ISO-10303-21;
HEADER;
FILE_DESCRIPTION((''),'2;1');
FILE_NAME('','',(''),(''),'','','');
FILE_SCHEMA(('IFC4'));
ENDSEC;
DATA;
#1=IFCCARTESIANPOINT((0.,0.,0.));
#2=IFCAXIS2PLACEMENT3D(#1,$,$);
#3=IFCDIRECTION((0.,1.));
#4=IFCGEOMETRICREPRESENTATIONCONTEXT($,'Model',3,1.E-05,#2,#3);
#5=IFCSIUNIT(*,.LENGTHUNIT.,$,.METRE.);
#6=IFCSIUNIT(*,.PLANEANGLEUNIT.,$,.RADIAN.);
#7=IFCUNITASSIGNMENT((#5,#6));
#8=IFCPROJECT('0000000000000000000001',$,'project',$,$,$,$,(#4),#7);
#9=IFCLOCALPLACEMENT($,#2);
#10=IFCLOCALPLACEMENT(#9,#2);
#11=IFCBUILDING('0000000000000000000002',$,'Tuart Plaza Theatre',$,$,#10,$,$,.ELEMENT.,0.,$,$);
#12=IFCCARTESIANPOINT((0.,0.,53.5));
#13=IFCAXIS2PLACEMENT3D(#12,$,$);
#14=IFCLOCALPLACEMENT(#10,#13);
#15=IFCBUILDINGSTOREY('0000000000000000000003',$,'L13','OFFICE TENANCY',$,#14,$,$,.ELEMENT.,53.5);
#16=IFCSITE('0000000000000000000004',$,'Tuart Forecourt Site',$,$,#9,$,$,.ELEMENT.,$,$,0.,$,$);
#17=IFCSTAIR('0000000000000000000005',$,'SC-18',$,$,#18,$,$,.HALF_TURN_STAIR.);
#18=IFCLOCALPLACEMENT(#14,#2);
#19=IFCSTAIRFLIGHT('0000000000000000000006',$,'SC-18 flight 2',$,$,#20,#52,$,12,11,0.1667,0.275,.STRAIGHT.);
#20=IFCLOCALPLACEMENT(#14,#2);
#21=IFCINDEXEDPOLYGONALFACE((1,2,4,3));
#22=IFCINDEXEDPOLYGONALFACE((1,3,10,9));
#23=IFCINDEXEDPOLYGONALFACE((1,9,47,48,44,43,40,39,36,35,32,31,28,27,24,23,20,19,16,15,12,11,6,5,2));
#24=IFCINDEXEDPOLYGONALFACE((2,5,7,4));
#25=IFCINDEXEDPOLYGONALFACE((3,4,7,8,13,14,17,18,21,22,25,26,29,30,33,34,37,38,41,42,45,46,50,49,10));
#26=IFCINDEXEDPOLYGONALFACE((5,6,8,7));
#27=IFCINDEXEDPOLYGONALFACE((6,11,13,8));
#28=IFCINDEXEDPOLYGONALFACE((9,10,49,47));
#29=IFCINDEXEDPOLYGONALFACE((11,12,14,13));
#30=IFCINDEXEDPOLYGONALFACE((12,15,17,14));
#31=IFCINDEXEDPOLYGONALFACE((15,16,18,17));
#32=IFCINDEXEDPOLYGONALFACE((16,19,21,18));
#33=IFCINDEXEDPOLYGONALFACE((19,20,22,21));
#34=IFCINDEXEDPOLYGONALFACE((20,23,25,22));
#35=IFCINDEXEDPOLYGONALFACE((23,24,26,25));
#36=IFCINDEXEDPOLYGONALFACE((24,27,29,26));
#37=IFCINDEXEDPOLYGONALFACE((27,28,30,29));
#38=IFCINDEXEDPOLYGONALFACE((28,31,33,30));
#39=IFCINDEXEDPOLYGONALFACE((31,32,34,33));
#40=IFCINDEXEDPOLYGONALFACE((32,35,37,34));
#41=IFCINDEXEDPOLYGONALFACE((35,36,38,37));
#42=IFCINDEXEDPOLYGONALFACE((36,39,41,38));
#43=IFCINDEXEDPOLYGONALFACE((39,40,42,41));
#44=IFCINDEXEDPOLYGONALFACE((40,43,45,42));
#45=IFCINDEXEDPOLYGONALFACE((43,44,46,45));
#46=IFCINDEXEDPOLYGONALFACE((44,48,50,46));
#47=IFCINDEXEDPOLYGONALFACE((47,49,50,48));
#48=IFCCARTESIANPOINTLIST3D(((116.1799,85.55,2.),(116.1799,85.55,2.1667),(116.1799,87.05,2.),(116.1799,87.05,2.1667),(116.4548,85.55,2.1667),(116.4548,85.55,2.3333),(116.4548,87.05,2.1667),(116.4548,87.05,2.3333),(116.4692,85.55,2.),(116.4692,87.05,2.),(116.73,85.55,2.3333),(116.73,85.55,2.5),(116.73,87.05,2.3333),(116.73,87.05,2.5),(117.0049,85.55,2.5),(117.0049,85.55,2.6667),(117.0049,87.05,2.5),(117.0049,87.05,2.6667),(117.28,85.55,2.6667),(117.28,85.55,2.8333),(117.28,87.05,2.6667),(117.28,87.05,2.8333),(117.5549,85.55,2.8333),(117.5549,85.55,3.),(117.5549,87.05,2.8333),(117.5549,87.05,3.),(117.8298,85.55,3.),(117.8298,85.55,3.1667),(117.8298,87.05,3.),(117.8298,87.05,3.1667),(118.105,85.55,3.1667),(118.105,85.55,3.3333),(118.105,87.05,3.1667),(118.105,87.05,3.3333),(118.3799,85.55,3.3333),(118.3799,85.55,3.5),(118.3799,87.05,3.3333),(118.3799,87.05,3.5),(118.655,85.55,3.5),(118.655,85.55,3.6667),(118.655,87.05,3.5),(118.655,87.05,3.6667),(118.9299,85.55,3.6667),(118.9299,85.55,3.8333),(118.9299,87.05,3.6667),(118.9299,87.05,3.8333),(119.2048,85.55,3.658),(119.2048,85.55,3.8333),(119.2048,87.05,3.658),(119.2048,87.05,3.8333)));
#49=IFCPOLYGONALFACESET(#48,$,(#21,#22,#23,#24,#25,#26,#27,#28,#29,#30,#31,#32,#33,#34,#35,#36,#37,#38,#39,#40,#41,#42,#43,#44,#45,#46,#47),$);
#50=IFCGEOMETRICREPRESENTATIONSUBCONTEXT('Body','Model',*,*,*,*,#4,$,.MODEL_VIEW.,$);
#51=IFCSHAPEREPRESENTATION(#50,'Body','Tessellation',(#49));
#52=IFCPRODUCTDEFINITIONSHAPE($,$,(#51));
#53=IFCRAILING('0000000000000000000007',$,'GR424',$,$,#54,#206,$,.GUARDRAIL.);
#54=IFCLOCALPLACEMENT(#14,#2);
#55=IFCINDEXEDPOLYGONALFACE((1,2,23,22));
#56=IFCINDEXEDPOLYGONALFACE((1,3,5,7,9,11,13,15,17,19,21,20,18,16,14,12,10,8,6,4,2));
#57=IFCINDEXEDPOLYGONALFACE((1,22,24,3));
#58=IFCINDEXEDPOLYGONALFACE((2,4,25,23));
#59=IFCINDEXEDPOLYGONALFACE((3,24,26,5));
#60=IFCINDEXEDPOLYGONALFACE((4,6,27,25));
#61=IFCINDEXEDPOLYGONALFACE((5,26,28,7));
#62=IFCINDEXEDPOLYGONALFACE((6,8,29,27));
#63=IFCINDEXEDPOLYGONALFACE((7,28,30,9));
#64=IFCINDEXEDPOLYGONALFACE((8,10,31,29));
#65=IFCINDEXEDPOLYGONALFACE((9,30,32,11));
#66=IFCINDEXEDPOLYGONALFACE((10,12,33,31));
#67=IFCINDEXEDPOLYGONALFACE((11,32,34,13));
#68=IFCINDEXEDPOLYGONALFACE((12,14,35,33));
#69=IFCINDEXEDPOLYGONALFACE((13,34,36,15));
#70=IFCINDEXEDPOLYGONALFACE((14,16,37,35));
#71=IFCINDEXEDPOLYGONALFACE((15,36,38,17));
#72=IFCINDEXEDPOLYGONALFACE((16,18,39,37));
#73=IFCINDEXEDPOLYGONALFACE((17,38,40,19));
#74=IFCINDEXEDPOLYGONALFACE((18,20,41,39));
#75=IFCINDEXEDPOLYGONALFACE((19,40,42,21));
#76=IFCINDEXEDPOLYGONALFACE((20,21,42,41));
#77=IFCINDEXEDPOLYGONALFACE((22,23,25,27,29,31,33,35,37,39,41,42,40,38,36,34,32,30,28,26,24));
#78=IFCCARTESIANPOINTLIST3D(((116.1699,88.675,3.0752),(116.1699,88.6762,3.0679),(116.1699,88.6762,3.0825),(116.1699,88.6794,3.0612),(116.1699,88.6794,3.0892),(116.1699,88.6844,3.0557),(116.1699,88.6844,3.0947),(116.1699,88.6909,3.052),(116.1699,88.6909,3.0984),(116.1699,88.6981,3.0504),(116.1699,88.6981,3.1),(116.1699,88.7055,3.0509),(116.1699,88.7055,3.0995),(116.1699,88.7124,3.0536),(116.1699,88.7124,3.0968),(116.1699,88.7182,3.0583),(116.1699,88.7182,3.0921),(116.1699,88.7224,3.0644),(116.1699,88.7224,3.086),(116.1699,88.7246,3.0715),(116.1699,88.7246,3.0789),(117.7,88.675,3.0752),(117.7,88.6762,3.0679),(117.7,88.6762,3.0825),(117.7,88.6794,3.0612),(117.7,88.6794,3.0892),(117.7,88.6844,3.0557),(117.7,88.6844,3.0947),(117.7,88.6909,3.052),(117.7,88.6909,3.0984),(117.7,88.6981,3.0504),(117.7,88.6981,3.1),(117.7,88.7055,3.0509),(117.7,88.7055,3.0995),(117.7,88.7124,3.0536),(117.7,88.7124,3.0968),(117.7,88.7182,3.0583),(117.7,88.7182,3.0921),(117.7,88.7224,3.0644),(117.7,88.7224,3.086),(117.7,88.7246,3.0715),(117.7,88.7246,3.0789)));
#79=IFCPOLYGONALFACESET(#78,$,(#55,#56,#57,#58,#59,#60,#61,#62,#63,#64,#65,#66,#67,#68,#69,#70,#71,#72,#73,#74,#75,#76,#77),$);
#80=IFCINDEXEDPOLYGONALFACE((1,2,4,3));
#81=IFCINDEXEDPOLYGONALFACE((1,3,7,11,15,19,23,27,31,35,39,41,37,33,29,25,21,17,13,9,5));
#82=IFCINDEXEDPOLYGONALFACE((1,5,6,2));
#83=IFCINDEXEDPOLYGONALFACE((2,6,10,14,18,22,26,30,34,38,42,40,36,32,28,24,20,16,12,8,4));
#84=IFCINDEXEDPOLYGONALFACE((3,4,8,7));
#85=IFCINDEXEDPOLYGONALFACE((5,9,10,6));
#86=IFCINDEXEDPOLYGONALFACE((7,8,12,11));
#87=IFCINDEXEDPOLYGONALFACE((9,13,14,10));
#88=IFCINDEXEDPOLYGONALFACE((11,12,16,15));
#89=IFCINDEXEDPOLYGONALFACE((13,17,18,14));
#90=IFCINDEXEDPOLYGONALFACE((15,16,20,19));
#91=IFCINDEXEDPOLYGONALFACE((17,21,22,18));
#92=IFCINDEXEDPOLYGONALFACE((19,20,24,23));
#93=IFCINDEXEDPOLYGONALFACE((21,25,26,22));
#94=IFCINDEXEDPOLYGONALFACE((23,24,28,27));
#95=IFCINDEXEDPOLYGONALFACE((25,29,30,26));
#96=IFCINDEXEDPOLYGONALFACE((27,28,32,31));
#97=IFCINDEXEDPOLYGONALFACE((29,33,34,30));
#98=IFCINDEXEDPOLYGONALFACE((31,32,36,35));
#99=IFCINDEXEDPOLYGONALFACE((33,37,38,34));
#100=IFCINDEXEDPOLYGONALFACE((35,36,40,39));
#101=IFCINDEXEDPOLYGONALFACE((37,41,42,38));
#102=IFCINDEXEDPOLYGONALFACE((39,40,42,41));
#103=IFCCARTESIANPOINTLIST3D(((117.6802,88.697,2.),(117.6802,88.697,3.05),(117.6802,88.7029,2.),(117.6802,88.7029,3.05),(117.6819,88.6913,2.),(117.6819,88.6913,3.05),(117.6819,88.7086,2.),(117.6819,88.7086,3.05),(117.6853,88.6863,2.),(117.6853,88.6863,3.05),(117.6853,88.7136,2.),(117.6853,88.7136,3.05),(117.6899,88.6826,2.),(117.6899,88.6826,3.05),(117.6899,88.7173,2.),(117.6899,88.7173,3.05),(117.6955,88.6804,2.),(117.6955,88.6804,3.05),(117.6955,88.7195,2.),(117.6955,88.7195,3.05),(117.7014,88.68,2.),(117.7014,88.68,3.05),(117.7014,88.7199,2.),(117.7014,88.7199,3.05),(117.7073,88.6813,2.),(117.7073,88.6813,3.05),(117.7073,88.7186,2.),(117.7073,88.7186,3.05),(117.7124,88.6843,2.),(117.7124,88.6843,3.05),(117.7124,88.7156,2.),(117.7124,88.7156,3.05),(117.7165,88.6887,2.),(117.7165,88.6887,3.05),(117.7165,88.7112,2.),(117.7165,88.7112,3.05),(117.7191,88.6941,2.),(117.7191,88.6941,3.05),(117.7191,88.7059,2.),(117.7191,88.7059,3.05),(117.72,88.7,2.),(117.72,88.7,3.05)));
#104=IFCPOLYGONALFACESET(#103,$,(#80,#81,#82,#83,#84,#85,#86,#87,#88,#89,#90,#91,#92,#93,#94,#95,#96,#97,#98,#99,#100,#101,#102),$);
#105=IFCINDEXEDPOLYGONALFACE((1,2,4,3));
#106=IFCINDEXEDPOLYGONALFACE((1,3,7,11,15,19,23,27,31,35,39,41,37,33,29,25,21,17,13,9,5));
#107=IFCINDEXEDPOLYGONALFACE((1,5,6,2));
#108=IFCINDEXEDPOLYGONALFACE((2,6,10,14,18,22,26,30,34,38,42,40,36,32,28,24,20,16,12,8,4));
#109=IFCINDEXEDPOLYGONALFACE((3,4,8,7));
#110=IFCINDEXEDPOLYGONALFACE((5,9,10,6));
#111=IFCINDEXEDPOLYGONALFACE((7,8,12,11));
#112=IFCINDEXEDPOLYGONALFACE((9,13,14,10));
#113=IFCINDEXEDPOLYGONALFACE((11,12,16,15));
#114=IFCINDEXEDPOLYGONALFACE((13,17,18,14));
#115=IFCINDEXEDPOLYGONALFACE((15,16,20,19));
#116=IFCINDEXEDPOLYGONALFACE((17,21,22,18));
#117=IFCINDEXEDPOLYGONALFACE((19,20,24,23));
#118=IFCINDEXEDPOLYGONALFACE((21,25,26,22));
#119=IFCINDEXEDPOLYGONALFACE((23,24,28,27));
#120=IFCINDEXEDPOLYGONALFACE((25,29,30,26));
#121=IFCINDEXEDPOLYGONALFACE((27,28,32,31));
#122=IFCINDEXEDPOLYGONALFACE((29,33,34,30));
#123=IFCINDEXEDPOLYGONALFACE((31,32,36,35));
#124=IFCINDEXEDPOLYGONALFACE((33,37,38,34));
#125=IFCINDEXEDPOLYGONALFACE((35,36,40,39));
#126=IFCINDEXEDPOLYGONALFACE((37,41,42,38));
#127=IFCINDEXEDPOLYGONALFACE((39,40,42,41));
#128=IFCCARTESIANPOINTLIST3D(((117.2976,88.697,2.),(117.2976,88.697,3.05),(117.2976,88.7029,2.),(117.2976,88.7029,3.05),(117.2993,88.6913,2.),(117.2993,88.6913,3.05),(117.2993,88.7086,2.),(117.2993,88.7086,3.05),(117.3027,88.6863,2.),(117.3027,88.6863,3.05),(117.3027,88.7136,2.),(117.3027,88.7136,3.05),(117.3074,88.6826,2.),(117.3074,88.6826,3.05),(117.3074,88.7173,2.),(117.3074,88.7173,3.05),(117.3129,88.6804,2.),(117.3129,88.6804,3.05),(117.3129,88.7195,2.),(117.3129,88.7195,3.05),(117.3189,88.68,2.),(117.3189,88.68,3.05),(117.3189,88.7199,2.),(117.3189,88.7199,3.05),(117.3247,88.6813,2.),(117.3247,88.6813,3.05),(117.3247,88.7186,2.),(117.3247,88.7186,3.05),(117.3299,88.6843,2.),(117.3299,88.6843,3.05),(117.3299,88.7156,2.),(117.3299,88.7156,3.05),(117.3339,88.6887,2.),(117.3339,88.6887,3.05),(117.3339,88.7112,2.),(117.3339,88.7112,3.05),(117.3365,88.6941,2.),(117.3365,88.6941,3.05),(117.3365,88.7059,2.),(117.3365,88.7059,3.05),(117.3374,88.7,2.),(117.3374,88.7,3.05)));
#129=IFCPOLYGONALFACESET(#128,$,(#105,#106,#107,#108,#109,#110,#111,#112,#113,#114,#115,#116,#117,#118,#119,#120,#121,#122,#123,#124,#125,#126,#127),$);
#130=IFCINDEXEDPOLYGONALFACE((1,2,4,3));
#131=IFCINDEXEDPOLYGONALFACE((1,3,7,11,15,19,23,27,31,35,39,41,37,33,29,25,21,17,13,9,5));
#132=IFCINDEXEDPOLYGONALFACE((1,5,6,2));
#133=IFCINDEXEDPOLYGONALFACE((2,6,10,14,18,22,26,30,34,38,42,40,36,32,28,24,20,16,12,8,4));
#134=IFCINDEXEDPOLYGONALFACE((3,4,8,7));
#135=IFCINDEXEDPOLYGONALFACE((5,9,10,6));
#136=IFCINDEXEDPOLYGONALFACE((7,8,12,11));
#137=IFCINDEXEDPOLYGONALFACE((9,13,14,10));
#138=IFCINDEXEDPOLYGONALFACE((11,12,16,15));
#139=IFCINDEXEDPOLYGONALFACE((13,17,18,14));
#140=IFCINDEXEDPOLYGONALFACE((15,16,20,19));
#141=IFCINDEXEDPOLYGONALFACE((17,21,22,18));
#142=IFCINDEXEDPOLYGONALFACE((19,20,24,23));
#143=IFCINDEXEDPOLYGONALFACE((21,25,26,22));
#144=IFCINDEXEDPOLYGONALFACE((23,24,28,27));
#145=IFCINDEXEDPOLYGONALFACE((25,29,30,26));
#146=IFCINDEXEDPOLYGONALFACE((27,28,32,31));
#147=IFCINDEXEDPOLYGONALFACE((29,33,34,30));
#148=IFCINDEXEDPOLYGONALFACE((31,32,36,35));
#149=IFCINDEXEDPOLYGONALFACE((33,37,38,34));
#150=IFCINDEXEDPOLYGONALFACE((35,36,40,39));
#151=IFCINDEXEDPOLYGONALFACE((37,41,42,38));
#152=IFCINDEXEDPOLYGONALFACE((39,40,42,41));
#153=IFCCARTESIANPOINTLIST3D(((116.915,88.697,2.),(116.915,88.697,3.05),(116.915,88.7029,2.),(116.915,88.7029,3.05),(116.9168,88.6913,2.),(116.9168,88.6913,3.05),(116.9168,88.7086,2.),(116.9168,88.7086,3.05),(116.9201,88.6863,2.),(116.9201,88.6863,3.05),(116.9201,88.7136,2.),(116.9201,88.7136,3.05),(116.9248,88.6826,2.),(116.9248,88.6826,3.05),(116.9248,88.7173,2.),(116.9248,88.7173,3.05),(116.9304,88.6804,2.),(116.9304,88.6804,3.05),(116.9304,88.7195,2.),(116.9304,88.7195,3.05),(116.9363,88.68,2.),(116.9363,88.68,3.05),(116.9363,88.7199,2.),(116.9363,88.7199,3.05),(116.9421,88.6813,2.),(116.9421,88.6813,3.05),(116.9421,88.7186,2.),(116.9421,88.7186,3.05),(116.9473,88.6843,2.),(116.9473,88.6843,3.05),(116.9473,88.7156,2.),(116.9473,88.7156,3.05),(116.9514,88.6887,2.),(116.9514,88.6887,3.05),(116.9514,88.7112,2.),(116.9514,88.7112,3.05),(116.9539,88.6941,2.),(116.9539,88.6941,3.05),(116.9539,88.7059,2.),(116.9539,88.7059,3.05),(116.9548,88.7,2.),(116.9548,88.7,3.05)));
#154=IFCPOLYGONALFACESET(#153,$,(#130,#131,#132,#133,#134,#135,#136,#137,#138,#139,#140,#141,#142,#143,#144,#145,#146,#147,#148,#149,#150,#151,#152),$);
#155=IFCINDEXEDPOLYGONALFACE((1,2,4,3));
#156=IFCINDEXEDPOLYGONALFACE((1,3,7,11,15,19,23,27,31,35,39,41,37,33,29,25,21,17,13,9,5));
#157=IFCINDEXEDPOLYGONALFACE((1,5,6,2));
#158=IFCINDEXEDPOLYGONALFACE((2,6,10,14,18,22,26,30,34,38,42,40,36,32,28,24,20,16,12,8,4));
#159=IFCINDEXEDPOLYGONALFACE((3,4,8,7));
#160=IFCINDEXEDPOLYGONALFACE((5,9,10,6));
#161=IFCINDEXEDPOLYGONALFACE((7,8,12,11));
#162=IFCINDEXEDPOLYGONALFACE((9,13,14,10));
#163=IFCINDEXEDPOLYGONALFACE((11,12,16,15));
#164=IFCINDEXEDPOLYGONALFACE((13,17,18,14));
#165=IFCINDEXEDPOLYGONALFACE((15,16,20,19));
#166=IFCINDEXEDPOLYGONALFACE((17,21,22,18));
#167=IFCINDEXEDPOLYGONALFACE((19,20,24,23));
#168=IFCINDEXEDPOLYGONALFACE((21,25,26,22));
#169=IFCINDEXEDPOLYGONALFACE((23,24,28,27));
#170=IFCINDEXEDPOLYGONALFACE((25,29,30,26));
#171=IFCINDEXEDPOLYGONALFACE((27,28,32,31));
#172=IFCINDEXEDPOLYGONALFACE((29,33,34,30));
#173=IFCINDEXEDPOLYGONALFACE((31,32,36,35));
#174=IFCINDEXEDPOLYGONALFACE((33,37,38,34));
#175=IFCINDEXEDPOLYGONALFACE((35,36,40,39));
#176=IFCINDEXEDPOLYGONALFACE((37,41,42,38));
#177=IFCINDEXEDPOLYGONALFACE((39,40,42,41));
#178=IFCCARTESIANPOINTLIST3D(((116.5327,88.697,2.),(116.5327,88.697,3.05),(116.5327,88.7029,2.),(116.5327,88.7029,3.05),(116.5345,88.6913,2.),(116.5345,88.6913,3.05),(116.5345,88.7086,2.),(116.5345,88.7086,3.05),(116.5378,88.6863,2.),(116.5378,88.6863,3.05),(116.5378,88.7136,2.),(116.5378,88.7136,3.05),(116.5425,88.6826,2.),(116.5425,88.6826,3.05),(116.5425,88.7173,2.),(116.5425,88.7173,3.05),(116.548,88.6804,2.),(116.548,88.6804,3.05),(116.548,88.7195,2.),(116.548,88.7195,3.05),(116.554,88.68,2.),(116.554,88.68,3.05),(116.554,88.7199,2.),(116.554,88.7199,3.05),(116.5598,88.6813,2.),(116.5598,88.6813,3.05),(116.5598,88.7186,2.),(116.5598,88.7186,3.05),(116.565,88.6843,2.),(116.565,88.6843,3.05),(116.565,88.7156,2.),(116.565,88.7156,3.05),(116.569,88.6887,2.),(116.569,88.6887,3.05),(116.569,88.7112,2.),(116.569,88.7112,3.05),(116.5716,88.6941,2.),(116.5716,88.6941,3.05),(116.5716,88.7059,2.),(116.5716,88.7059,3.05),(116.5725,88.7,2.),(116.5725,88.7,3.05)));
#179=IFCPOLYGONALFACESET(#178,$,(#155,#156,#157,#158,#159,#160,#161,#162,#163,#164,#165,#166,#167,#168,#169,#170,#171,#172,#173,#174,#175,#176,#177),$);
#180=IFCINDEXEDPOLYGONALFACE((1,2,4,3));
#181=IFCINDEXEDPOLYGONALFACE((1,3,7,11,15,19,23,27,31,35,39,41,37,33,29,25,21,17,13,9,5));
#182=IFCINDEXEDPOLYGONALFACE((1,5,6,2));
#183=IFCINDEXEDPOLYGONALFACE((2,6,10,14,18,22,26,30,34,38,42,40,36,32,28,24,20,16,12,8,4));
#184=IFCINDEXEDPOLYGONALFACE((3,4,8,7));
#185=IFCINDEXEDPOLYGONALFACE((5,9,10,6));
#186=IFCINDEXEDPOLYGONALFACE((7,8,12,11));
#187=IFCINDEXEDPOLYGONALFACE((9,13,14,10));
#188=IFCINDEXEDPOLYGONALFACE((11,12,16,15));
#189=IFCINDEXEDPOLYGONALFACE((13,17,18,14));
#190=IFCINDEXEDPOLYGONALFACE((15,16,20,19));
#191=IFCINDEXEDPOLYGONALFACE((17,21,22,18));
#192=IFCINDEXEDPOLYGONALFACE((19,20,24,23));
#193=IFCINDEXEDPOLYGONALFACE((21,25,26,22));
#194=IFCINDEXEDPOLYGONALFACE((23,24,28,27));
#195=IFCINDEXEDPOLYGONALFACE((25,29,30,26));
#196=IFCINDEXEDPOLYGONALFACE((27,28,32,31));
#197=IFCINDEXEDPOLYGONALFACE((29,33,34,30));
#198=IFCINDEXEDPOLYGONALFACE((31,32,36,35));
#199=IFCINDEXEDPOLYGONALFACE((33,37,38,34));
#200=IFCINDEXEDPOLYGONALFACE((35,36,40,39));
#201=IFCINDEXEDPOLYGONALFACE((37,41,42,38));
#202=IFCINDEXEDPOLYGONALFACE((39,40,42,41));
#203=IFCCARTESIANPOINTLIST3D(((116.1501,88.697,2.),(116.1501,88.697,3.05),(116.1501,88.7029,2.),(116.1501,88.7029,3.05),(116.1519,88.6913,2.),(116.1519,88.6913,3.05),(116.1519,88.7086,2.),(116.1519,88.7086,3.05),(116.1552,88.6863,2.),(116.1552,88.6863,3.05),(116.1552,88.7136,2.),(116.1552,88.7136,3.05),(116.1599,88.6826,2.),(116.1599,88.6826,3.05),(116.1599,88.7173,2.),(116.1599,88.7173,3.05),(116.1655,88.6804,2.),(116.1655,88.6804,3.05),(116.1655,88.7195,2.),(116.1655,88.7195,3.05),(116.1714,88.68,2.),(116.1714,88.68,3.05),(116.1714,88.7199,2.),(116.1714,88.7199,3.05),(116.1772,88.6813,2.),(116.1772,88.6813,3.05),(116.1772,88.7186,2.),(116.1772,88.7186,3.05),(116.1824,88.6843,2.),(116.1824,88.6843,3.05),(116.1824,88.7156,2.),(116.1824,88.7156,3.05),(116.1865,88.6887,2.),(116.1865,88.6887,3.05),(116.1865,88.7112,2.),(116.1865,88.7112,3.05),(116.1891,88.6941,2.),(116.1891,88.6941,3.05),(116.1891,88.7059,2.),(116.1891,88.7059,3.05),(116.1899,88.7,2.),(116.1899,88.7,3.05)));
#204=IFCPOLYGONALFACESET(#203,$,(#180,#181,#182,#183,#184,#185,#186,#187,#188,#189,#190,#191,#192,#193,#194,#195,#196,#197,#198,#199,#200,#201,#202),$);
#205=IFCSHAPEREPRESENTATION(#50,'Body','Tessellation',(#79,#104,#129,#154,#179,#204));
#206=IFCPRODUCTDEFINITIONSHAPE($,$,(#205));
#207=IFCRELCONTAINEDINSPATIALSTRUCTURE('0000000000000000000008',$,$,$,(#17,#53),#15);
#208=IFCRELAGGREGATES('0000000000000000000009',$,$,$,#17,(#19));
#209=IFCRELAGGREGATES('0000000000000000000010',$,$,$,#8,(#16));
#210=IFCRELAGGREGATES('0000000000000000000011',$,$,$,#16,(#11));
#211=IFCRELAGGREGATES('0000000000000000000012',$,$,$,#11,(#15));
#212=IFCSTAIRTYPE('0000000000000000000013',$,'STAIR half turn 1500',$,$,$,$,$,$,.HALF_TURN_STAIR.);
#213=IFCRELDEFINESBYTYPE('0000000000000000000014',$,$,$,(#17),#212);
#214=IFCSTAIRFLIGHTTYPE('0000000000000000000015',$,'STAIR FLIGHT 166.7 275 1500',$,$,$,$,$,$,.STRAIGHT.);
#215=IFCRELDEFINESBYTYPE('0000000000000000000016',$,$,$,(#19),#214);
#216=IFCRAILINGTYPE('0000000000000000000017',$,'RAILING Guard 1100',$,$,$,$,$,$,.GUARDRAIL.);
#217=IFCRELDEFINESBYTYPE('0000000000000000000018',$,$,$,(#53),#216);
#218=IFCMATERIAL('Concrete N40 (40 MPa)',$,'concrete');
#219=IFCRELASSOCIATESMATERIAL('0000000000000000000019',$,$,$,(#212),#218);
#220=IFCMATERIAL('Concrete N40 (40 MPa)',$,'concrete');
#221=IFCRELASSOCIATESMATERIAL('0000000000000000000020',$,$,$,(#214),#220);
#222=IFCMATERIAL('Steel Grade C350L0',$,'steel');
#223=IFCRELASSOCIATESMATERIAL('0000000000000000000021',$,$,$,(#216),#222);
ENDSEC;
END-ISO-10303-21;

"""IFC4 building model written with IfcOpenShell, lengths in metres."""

from ifc_helpers import new_model, si_unit, direction, frame, origin, origin_2d, place, context, subcontext, project, spatial, polyline, circle, outline, extrude, material, type_object, element, aggregate, save


model = new_model("IFC4")

# Units and contexts
model_context = context("Model", 3, precision=1e-05, world=origin(), true_north=direction((0.0, 1.0)))
body_context = subcontext(model_context, "Body", "Model", "MODEL_VIEW")
ifc_project = project(units=[si_unit("LENGTHUNIT", "METRE"), si_unit("PLANEANGLEUNIT", "RADIAN")], contexts=[model_context])

# Site, building, storey
site_placement = place(None, origin())
site = spatial("IfcSite", under=ifc_project, at=site_placement, Name="Tuart Forecourt Site", CompositionType="ELEMENT", RefElevation=0.0)
building_placement = place(site_placement, origin())
building = spatial("IfcBuilding", under=site, at=building_placement, Name="Tuart Plaza Theatre", CompositionType="ELEMENT", ElevationOfRefHeight=0.0)
storey_placement = place(building_placement, frame((0.0, 0.0, 53.5)))
storey = spatial("IfcBuildingStorey", under=building, at=storey_placement, Name="L13", Description="OFFICE TENANCY", CompositionType="ELEMENT", Elevation=53.5)

# Stair, stair flight
ifc_material_1 = material(Name="Concrete N40 (40 MPa)", Category="concrete")
stair_type = type_object("IfcStairType", Name="STAIR half turn 1500", PredefinedType="HALF_TURN_STAIR", material=ifc_material_1)
stair_placement = place(storey_placement, origin())
stair = element("IfcStair", 1, at=stair_placement, inside=storey, type_object=stair_type, Name="SC-18", PredefinedType="HALF_TURN_STAIR")
ifc_material_2 = material(Name="Concrete N40 (40 MPa)", Category="concrete")
stair_flight_type = type_object("IfcStairFlightType", Name="STAIR FLIGHT 166.7 275 1500", PredefinedType="STRAIGHT", material=ifc_material_2)
stair_flight_placement = place(storey_placement, frame((116.1799, 86.3, 2.0), z_axis=(0.0, 0.0, 1.0), x_axis=(1.0, 0.0, 0.0)))
stair_flight = element("IfcStairFlight", 2, at=stair_flight_placement, type_object=stair_flight_type, Name="SC-18 flight 2", NumberOfRisers=12, NumberOfTreads=11, PredefinedType="STRAIGHT", RiserHeight=0.1667, TreadLength=0.275, context=body_context, shape_type="SweptSolid", body=[
    extrude(outline(polyline([(0.0, 0.0), (0.0, 0.1667), (0.2749, 0.1667), (0.2749, 0.3333), (0.55, 0.3333), (0.55, 0.5), (0.825, 0.5), (0.825, 0.6667), (1.1001, 0.6667), (1.1001, 0.8333), (1.375, 0.8333), (1.375, 1.0), (1.6499, 1.0), (1.6499, 1.1667), (1.925, 1.1667), (1.925, 1.3333), (2.2, 1.3333), (2.2, 1.5), (2.4751, 1.5), (2.4751, 1.6667), (2.75, 1.6667), (2.75, 1.8333), (3.0249, 1.8333), (3.0249, 2.0), (3.0249, 1.658), (0.2893, 0.0), (0.0, 0.0)])), frame((0.0, 0.75, 0.0), z_axis=(0.0, -1.0, 0.0), x_axis=(1.0, 0.0, 0.0)), (0.0, 0.0, 1.0), 1.5),
])
aggregate(stair, [stair_flight])

# Railing
ifc_material_3 = material(Name="Steel Grade C350L0", Category="steel")
railing_type_1 = type_object("IfcRailingType", Name="RAILING Guard 1100", PredefinedType="GUARDRAIL", material=ifc_material_3)
railing_1_placement = place(storey_placement, frame((117.7, 88.7, 2.0)))
element("IfcRailing", 3, at=railing_1_placement, inside=storey, type_object=railing_type_1, Name="GR424", PredefinedType="GUARDRAIL", context=body_context, shape_type="SweptSolid", body=[
    extrude(circle(Radius=0.0249, at=origin_2d()), frame((0.0, 0.0, 1.0752), z_axis=(-1.0, 0.0, 0.0), x_axis=(0.0, -1.0, 0.0)), (0.0, 0.0, 1.0), 1.53),
    extrude(circle(Radius=0.02, at=origin_2d()), origin(), (0.0, 0.0, 1.0), 1.05),
    extrude(circle(Radius=0.02, at=origin_2d()), frame((-0.3826, 0.0, 0.0)), (0.0, 0.0, 1.0), 1.05),
    extrude(circle(Radius=0.02, at=origin_2d()), frame((-0.7651, 0.0, 0.0)), (0.0, 0.0, 1.0), 1.05),
    extrude(circle(Radius=0.02, at=origin_2d()), frame((-1.1475, 0.0, 0.0)), (0.0, 0.0, 1.0), 1.05),
    extrude(circle(Radius=0.02, at=origin_2d()), frame((-1.53, 0.0, 0.0)), (0.0, 0.0, 1.0), 1.05),
])

save(model, "model.ifc")
